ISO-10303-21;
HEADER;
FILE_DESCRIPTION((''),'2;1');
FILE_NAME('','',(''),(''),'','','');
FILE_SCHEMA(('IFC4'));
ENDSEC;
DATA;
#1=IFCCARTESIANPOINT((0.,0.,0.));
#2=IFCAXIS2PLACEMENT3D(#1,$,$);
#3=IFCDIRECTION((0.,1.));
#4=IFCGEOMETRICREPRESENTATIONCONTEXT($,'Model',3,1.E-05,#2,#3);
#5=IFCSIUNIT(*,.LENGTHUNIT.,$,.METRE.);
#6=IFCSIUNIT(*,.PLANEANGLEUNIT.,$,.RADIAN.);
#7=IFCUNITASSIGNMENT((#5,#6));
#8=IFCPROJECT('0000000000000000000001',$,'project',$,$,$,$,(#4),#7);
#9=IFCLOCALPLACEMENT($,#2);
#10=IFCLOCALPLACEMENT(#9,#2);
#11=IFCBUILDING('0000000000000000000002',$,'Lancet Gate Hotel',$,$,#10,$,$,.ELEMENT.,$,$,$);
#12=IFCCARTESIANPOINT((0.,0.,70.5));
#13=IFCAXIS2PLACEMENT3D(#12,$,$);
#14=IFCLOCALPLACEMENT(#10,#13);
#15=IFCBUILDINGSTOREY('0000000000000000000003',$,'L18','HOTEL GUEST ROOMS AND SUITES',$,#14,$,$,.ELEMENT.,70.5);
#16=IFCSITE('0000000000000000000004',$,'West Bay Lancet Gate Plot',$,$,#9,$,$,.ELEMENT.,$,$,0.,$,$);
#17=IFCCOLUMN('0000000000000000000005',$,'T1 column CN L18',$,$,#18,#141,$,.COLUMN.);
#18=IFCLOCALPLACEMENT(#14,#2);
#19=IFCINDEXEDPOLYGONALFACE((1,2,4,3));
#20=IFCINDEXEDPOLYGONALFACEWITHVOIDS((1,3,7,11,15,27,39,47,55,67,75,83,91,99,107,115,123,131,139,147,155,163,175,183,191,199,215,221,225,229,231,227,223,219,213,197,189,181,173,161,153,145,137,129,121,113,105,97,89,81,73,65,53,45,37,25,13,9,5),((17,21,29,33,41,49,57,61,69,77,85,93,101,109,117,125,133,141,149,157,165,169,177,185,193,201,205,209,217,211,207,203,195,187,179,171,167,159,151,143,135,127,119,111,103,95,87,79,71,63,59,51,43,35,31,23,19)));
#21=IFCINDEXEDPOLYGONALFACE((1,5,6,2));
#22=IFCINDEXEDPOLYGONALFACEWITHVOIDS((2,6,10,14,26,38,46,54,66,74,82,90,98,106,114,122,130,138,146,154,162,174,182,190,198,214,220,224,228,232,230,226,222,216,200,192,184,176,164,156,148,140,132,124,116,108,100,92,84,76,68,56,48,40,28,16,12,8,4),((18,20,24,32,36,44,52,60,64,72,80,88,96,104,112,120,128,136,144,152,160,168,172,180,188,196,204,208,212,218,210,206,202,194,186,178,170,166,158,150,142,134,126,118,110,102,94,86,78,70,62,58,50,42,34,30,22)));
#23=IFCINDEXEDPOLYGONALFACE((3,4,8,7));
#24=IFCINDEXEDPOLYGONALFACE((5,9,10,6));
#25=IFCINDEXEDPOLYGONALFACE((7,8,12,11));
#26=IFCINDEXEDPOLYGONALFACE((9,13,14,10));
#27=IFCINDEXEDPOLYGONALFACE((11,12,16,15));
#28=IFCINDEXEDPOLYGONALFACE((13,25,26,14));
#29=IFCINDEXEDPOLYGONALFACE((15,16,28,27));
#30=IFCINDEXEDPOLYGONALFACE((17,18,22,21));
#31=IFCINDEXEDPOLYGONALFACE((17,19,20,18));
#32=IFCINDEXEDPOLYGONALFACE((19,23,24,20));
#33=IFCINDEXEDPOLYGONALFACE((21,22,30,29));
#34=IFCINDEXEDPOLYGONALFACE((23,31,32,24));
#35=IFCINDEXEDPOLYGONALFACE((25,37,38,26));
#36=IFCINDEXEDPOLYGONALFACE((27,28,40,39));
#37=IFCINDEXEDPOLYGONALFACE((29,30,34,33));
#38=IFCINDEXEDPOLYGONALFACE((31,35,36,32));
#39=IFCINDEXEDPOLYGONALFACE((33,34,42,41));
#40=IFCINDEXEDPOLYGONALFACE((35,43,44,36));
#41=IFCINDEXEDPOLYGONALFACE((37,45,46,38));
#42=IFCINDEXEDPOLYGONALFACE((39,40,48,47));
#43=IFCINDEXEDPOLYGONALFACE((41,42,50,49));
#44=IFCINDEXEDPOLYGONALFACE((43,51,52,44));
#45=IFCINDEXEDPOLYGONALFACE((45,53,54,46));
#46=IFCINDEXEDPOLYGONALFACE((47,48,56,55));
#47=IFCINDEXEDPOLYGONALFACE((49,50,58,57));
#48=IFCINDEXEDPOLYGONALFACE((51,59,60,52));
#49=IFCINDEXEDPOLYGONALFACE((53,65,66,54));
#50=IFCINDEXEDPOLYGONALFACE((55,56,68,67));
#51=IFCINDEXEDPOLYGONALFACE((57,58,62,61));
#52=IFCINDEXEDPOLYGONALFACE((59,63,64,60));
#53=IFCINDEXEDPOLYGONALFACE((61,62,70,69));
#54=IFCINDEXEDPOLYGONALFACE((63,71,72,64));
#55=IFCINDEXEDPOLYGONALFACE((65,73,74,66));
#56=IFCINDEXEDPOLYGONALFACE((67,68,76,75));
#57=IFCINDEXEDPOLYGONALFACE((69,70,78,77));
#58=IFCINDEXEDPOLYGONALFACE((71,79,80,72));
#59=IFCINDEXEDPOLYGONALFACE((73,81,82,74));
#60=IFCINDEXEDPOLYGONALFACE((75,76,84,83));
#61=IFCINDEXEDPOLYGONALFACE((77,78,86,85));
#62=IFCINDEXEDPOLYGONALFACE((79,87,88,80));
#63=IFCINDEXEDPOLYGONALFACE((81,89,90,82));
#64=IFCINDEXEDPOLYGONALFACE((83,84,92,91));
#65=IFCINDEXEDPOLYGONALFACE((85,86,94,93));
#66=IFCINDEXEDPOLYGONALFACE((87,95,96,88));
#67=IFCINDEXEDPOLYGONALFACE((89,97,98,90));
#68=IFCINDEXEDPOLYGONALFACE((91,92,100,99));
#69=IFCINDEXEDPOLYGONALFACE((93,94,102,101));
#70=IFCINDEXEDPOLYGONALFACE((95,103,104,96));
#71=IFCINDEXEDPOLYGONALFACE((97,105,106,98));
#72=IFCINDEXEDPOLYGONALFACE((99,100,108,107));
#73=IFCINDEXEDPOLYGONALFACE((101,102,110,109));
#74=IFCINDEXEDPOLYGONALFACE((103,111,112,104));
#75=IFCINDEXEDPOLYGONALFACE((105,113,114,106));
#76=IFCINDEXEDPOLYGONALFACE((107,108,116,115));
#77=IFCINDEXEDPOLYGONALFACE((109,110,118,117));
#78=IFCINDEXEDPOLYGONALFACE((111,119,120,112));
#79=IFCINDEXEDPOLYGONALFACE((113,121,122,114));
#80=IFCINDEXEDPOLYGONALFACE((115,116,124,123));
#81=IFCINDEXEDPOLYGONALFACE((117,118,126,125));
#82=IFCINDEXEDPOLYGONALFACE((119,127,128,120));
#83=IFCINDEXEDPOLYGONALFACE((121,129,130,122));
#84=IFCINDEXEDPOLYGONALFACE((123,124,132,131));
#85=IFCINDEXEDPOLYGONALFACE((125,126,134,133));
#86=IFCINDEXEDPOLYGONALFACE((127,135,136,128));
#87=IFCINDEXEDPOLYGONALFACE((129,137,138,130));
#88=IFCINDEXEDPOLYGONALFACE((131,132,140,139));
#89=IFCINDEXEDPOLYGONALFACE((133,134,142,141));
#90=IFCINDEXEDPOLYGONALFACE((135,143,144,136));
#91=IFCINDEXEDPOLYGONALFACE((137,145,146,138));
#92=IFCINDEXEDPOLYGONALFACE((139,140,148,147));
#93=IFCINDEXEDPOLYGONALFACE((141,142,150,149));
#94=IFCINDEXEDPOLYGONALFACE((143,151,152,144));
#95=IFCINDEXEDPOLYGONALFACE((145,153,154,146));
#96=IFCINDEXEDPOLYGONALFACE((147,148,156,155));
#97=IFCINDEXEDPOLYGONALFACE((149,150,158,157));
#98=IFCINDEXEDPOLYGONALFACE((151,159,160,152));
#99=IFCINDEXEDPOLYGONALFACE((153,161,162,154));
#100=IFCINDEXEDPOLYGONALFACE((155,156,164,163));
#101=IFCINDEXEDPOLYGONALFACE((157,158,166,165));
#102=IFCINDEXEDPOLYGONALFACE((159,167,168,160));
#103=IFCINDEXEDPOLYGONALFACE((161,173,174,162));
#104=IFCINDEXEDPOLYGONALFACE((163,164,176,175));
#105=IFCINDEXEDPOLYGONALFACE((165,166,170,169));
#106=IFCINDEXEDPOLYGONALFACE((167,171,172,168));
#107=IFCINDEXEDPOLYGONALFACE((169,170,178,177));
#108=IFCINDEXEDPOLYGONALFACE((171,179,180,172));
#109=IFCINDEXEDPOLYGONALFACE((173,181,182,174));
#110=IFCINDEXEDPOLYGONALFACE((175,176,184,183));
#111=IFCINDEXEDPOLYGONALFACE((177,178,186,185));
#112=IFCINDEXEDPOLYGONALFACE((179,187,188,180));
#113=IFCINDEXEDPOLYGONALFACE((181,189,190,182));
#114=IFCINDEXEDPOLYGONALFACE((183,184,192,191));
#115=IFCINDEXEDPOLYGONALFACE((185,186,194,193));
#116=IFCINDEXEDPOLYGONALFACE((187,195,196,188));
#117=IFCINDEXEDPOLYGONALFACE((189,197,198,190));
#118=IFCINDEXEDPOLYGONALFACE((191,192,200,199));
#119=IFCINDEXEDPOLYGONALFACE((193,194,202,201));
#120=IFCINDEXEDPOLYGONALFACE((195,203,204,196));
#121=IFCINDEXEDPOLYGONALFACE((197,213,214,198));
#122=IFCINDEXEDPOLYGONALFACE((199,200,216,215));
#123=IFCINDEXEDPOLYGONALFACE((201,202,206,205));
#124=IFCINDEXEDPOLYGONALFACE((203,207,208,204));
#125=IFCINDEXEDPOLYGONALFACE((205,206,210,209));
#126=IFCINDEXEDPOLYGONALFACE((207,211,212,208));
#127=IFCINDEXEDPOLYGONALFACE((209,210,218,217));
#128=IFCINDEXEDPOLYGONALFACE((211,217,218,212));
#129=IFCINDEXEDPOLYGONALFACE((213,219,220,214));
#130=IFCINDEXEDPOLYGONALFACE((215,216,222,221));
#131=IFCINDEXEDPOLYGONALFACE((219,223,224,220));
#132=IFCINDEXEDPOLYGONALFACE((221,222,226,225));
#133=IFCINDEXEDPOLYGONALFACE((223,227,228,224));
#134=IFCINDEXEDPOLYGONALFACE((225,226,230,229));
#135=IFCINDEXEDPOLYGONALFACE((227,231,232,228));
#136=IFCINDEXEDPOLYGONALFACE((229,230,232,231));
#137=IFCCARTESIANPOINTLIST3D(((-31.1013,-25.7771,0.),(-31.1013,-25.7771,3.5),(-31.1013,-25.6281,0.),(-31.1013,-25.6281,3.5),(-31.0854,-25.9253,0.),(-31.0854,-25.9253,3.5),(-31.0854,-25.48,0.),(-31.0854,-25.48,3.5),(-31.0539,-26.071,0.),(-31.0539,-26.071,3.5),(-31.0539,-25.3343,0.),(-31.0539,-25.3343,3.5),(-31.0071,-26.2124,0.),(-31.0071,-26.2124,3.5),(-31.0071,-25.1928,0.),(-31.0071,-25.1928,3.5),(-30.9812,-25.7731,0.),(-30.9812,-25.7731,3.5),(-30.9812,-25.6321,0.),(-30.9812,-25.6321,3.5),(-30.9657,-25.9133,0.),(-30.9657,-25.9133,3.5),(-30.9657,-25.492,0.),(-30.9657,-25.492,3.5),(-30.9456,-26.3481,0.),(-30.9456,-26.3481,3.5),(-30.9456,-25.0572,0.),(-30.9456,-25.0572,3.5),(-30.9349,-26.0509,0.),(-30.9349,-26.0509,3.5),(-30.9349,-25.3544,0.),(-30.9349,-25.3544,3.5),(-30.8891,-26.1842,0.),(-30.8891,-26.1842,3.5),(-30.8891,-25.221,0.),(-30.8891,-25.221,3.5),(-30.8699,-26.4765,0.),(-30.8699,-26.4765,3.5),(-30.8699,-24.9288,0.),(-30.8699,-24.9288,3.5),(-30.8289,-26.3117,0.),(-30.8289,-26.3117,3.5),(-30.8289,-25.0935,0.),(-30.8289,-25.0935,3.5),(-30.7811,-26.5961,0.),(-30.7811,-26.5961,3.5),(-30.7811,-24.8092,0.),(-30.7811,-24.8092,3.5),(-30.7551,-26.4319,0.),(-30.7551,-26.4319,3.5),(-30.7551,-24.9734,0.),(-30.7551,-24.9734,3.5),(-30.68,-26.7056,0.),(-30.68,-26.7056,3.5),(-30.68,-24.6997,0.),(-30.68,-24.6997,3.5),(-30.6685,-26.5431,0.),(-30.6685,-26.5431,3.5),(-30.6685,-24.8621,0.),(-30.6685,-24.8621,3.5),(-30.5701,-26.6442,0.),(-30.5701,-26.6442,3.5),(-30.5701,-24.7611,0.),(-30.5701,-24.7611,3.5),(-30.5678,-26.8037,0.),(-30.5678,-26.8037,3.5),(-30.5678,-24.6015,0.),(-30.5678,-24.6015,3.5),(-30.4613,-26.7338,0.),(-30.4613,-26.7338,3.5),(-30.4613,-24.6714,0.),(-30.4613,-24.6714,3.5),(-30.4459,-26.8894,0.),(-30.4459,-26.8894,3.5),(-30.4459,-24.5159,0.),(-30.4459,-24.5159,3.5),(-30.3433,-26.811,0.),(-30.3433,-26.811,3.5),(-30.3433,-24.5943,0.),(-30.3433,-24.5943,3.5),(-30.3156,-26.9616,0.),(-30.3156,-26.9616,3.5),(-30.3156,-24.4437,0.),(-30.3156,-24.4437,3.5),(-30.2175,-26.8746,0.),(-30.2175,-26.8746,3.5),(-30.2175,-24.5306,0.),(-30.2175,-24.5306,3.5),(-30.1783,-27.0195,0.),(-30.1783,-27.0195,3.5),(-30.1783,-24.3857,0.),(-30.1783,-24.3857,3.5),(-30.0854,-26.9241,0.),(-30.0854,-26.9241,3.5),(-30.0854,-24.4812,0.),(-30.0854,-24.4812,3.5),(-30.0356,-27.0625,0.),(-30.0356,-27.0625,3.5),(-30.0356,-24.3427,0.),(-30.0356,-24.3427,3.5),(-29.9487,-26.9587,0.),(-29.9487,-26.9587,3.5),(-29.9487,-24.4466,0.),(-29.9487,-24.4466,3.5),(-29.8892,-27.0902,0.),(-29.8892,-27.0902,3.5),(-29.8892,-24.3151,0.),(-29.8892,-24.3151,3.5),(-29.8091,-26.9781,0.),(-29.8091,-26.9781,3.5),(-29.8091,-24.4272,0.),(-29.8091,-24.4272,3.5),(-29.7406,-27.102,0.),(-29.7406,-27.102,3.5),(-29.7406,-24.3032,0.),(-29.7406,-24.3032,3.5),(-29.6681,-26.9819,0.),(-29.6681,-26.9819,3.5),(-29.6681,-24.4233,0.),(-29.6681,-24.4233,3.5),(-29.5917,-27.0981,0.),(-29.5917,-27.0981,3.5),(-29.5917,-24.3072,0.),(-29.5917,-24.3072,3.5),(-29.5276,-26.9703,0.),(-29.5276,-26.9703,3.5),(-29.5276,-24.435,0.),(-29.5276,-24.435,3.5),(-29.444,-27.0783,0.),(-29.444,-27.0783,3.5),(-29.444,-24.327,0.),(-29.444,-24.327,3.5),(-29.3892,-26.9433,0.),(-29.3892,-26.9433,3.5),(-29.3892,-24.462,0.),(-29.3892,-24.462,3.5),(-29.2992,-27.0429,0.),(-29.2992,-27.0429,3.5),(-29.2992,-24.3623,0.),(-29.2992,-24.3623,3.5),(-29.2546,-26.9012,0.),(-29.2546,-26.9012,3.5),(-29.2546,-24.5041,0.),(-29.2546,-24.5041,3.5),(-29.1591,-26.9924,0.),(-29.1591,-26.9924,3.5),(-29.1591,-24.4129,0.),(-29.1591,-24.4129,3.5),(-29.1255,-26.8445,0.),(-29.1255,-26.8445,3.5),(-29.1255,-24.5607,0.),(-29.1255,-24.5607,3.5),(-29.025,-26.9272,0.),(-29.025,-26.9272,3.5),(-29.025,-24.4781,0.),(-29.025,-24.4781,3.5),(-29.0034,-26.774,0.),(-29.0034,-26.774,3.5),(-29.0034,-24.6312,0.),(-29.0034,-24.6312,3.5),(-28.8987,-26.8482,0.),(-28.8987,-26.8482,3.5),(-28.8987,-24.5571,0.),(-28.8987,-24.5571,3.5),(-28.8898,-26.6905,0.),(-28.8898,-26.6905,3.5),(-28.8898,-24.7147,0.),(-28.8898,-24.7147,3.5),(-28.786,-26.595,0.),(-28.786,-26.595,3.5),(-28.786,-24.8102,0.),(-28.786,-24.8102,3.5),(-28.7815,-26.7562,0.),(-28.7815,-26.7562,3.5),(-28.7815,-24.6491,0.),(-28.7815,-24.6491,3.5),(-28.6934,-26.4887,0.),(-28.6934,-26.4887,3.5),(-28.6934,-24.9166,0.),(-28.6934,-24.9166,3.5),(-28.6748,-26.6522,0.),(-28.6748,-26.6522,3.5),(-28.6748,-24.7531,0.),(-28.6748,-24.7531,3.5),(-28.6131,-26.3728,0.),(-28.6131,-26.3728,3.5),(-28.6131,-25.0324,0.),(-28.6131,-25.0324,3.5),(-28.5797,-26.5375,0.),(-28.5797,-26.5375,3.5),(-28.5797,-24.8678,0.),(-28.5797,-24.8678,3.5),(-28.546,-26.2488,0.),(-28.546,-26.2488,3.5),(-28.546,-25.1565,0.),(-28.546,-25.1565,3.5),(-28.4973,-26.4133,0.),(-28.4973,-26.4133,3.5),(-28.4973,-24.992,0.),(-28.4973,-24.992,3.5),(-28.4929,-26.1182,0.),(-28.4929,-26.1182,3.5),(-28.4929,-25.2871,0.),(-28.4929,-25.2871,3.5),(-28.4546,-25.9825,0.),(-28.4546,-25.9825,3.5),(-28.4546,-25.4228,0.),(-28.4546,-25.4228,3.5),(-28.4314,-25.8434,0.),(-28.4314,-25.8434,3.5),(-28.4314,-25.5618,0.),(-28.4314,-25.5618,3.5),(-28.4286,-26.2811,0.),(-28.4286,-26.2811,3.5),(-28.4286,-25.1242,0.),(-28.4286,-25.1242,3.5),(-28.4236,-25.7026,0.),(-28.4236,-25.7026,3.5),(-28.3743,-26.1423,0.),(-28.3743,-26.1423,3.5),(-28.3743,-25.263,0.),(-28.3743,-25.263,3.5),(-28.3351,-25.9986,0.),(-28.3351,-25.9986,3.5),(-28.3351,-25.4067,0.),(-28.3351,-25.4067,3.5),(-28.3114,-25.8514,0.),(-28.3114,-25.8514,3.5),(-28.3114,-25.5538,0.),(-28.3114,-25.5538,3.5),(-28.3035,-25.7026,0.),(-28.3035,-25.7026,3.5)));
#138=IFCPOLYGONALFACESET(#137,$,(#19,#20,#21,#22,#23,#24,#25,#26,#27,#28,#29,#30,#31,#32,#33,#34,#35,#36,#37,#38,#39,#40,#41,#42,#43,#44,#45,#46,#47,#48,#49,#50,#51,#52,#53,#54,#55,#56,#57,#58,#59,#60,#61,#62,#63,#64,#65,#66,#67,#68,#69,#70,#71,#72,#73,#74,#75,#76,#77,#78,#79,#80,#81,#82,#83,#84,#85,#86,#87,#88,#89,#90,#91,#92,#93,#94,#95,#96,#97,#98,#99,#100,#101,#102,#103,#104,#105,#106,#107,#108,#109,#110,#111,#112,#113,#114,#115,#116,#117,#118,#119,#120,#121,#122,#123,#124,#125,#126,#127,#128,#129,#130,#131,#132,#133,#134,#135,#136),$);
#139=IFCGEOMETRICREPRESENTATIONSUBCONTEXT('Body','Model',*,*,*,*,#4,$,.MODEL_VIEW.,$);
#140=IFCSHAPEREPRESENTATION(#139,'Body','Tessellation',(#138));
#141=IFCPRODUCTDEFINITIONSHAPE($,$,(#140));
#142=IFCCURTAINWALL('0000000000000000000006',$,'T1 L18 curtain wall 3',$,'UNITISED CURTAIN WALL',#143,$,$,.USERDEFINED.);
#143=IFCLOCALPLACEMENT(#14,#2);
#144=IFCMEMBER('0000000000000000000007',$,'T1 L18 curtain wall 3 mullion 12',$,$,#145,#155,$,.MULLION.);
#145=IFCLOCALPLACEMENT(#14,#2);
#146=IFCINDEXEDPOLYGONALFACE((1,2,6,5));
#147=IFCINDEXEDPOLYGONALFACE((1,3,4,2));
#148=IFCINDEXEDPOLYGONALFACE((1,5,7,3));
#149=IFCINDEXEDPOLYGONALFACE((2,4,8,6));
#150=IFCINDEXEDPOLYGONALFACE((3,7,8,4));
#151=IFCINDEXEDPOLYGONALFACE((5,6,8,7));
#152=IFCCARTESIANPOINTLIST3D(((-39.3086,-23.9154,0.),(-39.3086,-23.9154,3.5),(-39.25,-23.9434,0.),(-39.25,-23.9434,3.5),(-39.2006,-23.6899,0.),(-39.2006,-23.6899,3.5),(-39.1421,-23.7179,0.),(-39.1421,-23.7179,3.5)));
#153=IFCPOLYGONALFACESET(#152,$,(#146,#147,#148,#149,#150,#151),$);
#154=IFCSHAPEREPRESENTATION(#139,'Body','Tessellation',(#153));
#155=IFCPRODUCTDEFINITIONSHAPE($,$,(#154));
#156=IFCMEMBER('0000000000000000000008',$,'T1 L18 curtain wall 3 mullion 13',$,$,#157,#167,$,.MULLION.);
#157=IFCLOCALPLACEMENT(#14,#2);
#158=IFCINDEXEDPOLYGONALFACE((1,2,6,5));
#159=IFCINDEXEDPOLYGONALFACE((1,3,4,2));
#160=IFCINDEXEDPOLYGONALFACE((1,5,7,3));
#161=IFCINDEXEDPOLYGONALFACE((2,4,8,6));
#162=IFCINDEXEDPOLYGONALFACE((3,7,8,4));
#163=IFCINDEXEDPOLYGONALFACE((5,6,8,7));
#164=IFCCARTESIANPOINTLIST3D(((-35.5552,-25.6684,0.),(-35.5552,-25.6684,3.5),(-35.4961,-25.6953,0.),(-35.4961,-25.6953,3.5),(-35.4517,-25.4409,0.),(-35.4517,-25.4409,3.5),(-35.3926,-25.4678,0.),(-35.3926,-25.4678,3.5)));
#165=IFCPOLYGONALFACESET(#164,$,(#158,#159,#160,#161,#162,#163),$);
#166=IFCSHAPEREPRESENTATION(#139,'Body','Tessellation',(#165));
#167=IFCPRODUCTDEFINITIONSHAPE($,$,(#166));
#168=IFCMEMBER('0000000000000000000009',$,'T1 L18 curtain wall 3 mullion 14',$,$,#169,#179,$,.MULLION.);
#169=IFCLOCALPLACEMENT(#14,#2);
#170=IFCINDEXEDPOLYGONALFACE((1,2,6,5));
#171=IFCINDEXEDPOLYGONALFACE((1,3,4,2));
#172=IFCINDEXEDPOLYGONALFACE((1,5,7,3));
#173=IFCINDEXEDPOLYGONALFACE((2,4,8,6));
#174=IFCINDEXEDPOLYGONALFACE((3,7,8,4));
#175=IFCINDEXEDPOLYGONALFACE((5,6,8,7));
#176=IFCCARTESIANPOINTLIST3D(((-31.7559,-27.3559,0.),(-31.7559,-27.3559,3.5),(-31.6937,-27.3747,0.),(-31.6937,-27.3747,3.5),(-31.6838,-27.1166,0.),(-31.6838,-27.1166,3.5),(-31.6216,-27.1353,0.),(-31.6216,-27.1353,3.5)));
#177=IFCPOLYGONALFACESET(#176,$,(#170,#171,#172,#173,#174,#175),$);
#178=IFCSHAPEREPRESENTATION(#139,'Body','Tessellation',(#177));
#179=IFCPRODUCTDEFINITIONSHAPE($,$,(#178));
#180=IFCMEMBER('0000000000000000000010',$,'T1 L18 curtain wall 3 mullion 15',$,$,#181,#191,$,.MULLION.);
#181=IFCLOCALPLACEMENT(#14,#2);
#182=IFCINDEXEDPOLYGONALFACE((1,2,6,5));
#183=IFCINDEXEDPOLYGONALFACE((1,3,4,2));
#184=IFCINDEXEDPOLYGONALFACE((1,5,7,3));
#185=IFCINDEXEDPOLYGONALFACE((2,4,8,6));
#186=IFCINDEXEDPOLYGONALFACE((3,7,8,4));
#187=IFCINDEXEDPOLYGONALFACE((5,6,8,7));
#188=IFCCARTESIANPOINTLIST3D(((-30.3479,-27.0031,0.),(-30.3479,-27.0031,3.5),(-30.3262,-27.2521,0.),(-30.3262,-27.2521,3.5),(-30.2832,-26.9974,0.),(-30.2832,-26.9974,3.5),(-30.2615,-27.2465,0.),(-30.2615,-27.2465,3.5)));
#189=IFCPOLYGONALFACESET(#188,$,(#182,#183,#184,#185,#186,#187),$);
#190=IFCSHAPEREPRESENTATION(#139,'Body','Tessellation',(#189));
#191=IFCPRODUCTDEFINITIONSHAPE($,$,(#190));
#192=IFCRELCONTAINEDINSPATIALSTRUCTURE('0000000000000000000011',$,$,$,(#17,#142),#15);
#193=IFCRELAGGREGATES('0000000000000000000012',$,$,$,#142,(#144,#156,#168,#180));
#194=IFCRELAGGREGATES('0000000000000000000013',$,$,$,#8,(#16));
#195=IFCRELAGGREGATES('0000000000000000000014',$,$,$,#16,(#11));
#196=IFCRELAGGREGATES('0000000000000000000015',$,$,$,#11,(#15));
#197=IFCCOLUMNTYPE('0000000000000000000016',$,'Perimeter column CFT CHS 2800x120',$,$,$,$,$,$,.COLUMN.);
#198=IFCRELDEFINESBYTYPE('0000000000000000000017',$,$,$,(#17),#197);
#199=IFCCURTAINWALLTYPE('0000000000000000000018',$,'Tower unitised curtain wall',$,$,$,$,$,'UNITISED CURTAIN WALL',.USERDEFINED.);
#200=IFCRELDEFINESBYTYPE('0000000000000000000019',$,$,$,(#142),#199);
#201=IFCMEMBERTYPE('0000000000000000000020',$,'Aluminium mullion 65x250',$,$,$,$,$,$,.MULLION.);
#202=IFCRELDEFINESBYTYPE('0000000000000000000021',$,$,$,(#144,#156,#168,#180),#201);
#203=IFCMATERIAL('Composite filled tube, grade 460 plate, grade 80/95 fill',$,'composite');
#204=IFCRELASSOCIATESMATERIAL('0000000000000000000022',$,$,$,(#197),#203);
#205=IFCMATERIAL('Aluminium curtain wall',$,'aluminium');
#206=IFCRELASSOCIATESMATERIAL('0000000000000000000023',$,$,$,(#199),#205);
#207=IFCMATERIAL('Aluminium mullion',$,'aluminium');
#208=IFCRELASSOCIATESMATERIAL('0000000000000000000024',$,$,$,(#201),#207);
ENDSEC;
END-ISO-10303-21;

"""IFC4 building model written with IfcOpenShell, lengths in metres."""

from ifc_helpers import new_model, si_unit, direction, frame, origin, origin_2d, place, context, subcontext, project, spatial, rectangle, hollow_circle, extrude, material, material_profile, profile_set, type_object, element, aggregate, save


model = new_model("IFC4")

# Units and contexts
model_context = context("Model", 3, precision=1e-05, world=origin(), true_north=direction((0.0, 1.0)))
body_context = subcontext(model_context, "Body", "Model", "MODEL_VIEW")
ifc_project = project(units=[si_unit("LENGTHUNIT", "METRE"), si_unit("PLANEANGLEUNIT", "RADIAN")], contexts=[model_context])

# Site, building, storey
site_placement = place(None, origin())
site = spatial("IfcSite", under=ifc_project, at=site_placement, Name="West Bay Lancet Gate Plot", CompositionType="ELEMENT", RefElevation=0.0)
building_placement = place(site_placement, origin())
building = spatial("IfcBuilding", under=site, at=building_placement, Name="Lancet Gate Hotel", CompositionType="ELEMENT")
storey_placement = place(building_placement, frame((0.0, 0.0, 70.5)))
storey = spatial("IfcBuildingStorey", under=building, at=storey_placement, Name="L18", Description="HOTEL GUEST ROOMS AND SUITES", CompositionType="ELEMENT", Elevation=70.5)

# Column
ifc_material_1 = material(Name="Composite filled tube, grade 460 plate, grade 80/95 fill", Category="composite")
ifc_material_profile_1 = material_profile(ifc_material_1, hollow_circle(Radius=1.3999, WallThickness=0.1201, at=origin_2d()), Name="CHS 2800x120")
ifc_profile_set_1 = profile_set([ifc_material_profile_1], Name="Composite filled tube, grade 460 plate, grade 80/95 fill")
column_type = type_object("IfcColumnType", Name="Perimeter column CFT CHS 2800x120", PredefinedType="COLUMN", material=ifc_profile_set_1)
column_placement = place(storey_placement, frame((-29.7034, -25.7026, 0.0), z_axis=(0.0, 0.0, 1.0), x_axis=(1.0, 0.0, 0.0)))
element("IfcColumn", 1, at=column_placement, inside=storey, type_object=column_type, Name="T1 column CN L18", PredefinedType="COLUMN", context=body_context, shape_type="SweptSolid", body=[
    extrude(hollow_circle(Radius=1.3999, WallThickness=0.1201, at=origin_2d()), origin(), (0.0, 0.0, 1.0), 3.5),
])

# Curtain wall, members
ifc_material_2 = material(Name="Aluminium curtain wall", Category="aluminium")
curtain_wall_type = type_object("IfcCurtainWallType", Name="Tower unitised curtain wall", ElementType="UNITISED CURTAIN WALL", PredefinedType="USERDEFINED", material=ifc_material_2)
curtain_wall_placement = place(storey_placement, origin())
curtain_wall = element("IfcCurtainWall", 2, at=curtain_wall_placement, inside=storey, type_object=curtain_wall_type, Name="T1 L18 curtain wall 3", ObjectType="UNITISED CURTAIN WALL", PredefinedType="USERDEFINED")
ifc_material_3 = material(Name="Aluminium mullion", Category="aluminium")
ifc_material_profile_2 = material_profile(ifc_material_3, rectangle(XDim=0.0649, YDim=0.25, at=origin_2d()), Name="MULLION 65x250")
ifc_profile_set_2 = profile_set([ifc_material_profile_2], Name="Aluminium mullion")
member_type_1 = type_object("IfcMemberType", Name="Aluminium mullion 65x250", PredefinedType="MULLION", material=ifc_profile_set_2)
member_1_placement = place(storey_placement, frame((-39.2253, -23.8167, 0.0), z_axis=(0.0, 0.0, 1.0), x_axis=(0.901929, -0.431885, 0.0)))
member_1 = element("IfcMember", 3, at=member_1_placement, type_object=member_type_1, Name="T1 L18 curtain wall 3 mullion 12", PredefinedType="MULLION", context=body_context, shape_type="SweptSolid", body=[
    extrude(rectangle(XDim=0.0649, YDim=0.25, at=origin_2d()), origin(), (0.0, 0.0, 1.0), 3.5),
])
member_2_placement = place(storey_placement, frame((-35.4739, -25.5681, 0.0), z_axis=(0.0, 0.0, 1.0), x_axis=(0.91022, -0.414126, 0.0)))
member_2 = element("IfcMember", 4, at=member_2_placement, type_object=member_type_1, Name="T1 L18 curtain wall 3 mullion 13", PredefinedType="MULLION", context=body_context, shape_type="SweptSolid", body=[
    extrude(rectangle(XDim=0.0649, YDim=0.25, at=origin_2d()), origin(), (0.0, 0.0, 1.0), 3.5),
])
member_3_placement = place(storey_placement, frame((-31.6887, -27.2456, 0.0), z_axis=(0.0, 0.0, 1.0), x_axis=(0.957524, -0.288352, 0.0)))
member_3 = element("IfcMember", 5, at=member_3_placement, type_object=member_type_1, Name="T1 L18 curtain wall 3 mullion 14", PredefinedType="MULLION", context=body_context, shape_type="SweptSolid", body=[
    extrude(rectangle(XDim=0.0649, YDim=0.25, at=origin_2d()), origin(), (0.0, 0.0, 1.0), 3.5),
])
member_4_placement = place(storey_placement, frame((-30.3047, -27.1248, 0.0), z_axis=(0.0, 0.0, 1.0), x_axis=(0.996204, 0.087052, 0.0)))
member_4 = element("IfcMember", 6, at=member_4_placement, type_object=member_type_1, Name="T1 L18 curtain wall 3 mullion 15", PredefinedType="MULLION", context=body_context, shape_type="SweptSolid", body=[
    extrude(rectangle(XDim=0.0649, YDim=0.25, at=origin_2d()), origin(), (0.0, 0.0, 1.0), 3.5),
])

aggregate(curtain_wall, [member_1, member_2, member_3, member_4])

save(model, "model.ifc")
